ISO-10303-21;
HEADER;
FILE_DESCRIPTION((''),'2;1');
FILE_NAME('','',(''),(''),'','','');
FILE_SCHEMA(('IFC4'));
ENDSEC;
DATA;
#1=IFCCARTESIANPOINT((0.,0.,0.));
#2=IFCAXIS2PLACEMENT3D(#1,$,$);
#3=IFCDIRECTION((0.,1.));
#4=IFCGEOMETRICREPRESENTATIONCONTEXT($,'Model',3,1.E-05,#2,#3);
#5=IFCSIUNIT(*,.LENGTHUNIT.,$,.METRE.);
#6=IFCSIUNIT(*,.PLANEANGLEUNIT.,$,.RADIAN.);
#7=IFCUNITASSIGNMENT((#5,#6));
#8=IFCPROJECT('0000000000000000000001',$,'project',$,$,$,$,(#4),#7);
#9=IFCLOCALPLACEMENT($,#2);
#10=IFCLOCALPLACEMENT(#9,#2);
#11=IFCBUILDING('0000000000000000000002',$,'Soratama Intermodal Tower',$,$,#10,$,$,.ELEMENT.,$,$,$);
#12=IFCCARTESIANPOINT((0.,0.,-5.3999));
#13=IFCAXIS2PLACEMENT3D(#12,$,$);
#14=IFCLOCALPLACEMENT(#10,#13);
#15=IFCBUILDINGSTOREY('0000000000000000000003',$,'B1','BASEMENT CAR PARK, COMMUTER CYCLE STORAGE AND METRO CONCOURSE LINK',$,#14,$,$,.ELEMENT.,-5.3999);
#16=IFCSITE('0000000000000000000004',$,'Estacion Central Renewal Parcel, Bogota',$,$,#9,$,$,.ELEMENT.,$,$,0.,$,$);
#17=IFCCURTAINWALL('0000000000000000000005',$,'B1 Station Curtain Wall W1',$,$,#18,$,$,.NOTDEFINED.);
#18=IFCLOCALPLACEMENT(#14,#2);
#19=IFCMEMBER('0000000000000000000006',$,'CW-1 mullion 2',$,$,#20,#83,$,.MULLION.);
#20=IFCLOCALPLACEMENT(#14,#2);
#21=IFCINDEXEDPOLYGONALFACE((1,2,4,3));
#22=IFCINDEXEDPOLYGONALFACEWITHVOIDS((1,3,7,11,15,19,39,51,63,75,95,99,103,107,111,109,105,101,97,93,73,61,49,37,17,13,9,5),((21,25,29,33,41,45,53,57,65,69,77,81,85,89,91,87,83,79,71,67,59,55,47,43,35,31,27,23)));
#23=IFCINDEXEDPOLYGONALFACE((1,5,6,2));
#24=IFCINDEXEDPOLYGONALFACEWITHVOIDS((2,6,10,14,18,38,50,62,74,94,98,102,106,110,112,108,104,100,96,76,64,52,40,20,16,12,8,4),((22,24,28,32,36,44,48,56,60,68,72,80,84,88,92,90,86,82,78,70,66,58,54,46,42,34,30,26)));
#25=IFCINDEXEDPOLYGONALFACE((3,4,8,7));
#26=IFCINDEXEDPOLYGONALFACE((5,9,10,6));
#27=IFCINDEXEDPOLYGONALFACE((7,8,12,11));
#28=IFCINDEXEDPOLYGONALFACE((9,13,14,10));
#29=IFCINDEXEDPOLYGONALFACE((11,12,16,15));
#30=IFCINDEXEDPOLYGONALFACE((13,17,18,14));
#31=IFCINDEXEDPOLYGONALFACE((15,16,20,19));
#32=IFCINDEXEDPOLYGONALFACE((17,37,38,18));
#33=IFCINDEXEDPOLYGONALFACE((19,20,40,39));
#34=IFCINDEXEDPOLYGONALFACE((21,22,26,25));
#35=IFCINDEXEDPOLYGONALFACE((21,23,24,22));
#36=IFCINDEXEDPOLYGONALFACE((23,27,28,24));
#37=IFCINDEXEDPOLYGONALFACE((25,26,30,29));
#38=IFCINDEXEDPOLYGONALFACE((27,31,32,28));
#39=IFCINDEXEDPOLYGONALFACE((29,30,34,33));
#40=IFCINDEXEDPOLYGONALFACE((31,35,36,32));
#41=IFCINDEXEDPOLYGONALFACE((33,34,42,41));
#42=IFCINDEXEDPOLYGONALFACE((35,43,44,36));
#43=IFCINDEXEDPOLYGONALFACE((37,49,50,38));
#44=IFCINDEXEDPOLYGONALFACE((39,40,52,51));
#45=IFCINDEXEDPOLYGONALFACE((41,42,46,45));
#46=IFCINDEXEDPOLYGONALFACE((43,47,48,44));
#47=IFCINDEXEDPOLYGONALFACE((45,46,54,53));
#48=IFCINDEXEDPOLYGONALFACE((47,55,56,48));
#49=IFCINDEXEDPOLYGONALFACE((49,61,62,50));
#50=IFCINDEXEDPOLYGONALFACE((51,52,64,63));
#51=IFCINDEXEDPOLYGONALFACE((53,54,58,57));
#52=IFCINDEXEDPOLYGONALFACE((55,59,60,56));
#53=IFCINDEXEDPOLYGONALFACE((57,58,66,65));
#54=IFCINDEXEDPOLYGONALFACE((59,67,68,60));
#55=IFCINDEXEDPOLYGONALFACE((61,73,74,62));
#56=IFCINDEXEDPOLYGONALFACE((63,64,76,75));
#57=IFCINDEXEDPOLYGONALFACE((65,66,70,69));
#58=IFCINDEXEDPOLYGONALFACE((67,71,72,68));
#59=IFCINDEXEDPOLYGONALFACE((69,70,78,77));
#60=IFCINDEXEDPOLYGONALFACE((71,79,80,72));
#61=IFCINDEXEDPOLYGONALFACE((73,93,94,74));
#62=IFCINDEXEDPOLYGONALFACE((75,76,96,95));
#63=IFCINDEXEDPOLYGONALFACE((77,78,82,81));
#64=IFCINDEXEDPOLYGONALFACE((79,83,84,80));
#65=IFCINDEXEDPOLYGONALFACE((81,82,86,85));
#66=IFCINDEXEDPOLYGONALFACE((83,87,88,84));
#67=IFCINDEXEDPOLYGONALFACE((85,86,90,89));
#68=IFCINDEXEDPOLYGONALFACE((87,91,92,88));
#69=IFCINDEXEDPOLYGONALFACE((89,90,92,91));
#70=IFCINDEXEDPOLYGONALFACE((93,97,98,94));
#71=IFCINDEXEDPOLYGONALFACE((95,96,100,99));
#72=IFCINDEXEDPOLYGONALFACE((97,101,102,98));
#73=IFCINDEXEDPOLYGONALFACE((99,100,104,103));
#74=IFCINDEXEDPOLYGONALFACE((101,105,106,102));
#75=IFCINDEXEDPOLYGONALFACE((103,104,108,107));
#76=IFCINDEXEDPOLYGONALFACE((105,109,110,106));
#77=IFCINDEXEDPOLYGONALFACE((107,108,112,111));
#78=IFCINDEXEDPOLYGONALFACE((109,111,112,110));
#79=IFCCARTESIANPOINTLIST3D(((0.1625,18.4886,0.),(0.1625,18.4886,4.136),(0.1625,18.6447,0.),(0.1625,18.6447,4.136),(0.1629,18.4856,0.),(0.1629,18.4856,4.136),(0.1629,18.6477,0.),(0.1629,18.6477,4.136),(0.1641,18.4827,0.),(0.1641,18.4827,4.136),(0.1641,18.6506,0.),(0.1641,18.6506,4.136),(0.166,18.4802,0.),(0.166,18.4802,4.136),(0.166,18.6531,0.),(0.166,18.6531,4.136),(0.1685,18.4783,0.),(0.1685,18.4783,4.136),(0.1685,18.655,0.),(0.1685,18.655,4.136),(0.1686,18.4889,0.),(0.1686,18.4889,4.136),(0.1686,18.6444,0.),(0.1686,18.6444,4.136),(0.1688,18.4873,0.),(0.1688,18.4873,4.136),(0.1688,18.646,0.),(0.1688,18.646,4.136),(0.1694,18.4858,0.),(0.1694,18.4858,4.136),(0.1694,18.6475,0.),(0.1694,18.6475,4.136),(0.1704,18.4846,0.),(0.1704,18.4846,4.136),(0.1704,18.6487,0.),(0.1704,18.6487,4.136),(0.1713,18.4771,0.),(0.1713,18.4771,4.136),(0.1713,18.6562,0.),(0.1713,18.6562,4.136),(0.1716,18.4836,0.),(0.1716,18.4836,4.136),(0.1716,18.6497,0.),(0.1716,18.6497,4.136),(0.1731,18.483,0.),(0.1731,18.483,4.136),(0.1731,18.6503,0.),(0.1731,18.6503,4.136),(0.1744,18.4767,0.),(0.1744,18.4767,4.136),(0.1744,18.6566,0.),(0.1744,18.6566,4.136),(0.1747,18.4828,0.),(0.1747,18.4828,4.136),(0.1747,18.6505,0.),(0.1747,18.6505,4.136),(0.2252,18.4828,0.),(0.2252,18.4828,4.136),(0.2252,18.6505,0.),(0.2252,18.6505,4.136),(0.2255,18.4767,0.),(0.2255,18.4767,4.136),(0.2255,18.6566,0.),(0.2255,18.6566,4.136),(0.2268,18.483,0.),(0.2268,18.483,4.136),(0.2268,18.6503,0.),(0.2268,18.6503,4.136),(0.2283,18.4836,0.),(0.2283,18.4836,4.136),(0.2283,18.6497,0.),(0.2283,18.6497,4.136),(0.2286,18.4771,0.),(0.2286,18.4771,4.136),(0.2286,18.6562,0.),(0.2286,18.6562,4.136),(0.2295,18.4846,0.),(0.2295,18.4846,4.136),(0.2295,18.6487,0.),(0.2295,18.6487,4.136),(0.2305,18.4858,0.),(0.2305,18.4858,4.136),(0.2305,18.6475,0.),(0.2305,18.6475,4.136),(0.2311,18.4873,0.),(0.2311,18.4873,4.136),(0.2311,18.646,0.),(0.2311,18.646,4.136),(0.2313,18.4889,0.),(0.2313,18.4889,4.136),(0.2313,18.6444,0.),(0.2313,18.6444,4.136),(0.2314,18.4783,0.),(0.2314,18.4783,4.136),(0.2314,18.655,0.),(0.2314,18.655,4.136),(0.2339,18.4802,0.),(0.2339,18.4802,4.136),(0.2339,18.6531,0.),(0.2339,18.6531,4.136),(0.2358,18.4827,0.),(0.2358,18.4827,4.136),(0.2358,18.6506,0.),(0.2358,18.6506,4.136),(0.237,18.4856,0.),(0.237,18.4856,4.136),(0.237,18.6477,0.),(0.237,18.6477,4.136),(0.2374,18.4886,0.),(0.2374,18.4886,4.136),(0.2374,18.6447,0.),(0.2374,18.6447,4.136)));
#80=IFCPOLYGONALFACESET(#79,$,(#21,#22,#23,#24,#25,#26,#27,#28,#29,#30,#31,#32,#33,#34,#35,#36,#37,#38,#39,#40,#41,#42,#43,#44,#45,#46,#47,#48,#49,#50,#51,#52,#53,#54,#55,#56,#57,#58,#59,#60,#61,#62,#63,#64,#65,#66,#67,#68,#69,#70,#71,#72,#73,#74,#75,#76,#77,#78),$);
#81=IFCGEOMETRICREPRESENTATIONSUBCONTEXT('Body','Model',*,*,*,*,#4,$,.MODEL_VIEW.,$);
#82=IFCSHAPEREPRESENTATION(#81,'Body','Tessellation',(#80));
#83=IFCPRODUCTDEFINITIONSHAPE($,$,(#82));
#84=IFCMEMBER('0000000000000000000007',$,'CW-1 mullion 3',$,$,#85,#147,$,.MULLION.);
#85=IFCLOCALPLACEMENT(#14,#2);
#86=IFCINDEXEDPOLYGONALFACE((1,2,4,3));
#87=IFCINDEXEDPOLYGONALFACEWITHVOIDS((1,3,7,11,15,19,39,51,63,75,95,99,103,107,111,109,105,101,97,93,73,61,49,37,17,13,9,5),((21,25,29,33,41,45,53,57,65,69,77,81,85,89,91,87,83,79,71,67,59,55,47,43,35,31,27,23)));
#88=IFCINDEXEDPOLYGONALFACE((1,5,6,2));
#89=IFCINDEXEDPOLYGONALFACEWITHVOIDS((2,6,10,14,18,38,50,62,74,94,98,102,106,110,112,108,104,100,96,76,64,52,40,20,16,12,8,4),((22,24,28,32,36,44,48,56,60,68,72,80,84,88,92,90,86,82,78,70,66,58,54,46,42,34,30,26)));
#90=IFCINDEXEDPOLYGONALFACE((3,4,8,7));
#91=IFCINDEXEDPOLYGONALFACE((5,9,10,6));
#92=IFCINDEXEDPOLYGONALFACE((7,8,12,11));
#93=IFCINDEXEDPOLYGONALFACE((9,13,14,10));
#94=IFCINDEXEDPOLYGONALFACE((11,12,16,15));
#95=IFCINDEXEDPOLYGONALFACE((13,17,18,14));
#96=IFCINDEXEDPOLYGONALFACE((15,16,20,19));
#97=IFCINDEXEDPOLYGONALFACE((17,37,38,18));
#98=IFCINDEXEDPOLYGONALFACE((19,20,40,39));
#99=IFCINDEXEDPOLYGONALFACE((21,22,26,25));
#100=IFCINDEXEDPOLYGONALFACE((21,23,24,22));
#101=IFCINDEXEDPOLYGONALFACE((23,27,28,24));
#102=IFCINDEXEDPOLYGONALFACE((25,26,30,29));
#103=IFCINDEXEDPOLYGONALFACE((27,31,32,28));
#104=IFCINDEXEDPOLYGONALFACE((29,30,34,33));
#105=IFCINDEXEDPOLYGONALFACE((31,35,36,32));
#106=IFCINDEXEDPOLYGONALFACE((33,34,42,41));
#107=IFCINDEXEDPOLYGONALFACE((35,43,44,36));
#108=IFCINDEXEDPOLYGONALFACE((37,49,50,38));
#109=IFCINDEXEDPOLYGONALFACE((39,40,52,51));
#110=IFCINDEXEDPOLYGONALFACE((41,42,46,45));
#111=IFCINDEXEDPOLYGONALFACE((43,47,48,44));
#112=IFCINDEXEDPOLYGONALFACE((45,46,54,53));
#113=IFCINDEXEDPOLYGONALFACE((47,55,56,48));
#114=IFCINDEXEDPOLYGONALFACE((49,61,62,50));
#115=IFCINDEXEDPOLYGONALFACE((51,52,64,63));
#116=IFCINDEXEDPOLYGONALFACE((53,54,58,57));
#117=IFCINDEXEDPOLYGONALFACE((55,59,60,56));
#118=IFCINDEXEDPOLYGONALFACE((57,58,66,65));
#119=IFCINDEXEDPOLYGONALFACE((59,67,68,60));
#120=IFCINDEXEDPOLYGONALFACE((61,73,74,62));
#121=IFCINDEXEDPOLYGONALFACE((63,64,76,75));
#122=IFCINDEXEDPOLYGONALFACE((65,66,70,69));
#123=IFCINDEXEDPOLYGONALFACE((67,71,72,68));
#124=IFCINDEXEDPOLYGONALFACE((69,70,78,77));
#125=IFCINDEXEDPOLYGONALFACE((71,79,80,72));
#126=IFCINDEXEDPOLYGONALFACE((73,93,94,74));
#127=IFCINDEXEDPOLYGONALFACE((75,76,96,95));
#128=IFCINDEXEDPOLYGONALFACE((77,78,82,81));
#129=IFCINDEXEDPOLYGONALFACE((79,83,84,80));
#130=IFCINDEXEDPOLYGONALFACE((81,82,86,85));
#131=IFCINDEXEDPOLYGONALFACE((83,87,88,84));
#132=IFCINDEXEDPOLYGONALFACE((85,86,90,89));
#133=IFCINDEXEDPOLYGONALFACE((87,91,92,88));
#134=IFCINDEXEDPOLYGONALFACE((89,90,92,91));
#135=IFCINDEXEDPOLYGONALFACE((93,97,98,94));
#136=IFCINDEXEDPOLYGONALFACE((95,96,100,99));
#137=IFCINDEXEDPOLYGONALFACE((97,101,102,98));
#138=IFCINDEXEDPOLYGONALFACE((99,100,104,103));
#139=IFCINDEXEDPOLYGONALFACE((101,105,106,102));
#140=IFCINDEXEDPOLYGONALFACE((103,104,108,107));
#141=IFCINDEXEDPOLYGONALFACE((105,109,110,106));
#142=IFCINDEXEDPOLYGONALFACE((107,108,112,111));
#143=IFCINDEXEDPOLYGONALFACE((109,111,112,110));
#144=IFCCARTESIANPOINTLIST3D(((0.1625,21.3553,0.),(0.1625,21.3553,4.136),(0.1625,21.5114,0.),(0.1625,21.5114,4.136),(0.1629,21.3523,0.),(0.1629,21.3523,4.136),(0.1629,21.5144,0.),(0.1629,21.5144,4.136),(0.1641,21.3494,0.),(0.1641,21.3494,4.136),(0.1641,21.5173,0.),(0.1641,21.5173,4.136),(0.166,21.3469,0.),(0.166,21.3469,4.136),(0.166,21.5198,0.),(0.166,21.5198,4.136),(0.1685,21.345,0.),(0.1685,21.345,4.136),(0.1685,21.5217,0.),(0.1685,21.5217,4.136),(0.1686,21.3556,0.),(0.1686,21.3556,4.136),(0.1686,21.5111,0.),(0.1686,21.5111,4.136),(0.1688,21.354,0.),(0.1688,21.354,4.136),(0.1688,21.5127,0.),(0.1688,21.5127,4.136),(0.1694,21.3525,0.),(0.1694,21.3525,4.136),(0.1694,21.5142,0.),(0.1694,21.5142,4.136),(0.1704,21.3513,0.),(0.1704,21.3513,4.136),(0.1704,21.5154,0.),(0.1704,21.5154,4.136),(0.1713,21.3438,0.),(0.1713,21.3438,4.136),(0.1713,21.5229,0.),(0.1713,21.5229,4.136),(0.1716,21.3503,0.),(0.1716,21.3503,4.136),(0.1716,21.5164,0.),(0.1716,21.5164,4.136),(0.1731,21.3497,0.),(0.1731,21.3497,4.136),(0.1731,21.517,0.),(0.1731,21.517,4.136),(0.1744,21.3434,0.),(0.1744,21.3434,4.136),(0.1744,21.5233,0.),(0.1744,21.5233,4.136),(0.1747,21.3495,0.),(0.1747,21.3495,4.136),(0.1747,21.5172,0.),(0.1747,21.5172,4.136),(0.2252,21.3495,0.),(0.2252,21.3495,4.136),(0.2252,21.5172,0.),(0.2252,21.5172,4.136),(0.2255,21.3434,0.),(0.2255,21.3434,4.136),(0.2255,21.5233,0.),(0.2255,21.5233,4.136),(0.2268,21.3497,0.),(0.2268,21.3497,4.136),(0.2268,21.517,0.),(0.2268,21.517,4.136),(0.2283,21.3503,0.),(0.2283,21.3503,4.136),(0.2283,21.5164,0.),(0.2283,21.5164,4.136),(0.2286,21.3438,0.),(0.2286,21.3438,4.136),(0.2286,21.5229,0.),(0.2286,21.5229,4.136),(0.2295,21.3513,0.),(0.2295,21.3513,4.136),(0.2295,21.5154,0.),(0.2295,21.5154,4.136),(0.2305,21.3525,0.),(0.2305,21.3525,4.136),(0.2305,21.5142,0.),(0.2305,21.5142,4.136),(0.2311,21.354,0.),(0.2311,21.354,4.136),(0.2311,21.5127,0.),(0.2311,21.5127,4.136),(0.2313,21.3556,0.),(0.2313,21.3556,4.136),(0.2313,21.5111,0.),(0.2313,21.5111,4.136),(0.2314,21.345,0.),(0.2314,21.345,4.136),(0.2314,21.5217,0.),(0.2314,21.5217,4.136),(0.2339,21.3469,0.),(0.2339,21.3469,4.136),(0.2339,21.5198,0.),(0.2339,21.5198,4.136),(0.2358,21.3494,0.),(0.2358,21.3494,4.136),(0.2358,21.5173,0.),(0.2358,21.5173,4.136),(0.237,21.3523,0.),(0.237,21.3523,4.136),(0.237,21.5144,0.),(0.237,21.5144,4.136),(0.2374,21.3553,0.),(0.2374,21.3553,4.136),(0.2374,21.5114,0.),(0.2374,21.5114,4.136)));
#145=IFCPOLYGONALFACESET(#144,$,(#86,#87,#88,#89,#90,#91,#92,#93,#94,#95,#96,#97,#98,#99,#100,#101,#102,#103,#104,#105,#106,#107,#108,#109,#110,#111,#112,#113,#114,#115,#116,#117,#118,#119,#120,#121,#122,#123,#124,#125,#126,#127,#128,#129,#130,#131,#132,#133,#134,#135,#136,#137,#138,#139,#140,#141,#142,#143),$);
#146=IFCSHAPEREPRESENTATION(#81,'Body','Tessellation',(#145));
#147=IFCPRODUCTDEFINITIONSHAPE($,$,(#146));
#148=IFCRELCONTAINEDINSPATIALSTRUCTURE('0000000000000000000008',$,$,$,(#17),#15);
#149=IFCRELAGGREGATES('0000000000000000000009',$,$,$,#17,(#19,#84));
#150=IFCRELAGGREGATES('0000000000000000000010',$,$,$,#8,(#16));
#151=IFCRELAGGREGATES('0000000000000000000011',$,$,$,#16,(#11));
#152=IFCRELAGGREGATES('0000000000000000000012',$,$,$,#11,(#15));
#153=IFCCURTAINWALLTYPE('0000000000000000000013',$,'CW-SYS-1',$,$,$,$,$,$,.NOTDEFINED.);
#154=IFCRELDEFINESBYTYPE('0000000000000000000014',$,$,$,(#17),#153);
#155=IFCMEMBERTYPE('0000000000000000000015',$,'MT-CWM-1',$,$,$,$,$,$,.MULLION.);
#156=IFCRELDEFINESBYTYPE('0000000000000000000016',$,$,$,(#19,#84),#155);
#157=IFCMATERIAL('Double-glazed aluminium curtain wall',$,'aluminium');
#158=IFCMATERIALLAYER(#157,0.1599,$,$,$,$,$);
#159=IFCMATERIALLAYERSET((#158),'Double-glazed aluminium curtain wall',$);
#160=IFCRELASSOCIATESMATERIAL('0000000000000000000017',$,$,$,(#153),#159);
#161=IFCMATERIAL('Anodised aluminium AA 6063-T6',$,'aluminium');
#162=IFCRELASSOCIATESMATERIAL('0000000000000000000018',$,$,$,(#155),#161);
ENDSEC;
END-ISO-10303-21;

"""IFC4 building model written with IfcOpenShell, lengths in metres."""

from ifc_helpers import new_model, si_unit, direction, frame, origin, origin_2d, place, context, subcontext, project, spatial, hollow_rectangle, extrude, material, layer, layer_set, material_profile, profile_set, type_object, element, aggregate, save


model = new_model("IFC4")

# Units and contexts
model_context = context("Model", 3, precision=1e-05, world=origin(), true_north=direction((0.0, 1.0)))
body_context = subcontext(model_context, "Body", "Model", "MODEL_VIEW")
ifc_project = project(units=[si_unit("LENGTHUNIT", "METRE"), si_unit("PLANEANGLEUNIT", "RADIAN")], contexts=[model_context])

# Site, building, storey
site_placement = place(None, origin())
site = spatial("IfcSite", under=ifc_project, at=site_placement, Name="Estacion Central Renewal Parcel, Bogota", CompositionType="ELEMENT", RefElevation=0.0)
building_placement = place(site_placement, origin())
building = spatial("IfcBuilding", under=site, at=building_placement, Name="Soratama Intermodal Tower", CompositionType="ELEMENT")
storey_placement = place(building_placement, frame((0.0, 0.0, -5.3999)))
storey = spatial("IfcBuildingStorey", under=building, at=storey_placement, Name="B1", Description="BASEMENT CAR PARK, COMMUTER CYCLE STORAGE AND METRO CONCOURSE LINK", CompositionType="ELEMENT", Elevation=-5.3999)

# Curtain wall, members
ifc_material_1 = material(Name="Double-glazed aluminium curtain wall", Category="aluminium")
ifc_layer_1 = layer(ifc_material_1, 0.1599)
ifc_layer_set_1 = layer_set([ifc_layer_1], Name="Double-glazed aluminium curtain wall")
curtain_wall_type = type_object("IfcCurtainWallType", Name="CW-SYS-1", PredefinedType="NOTDEFINED", material=ifc_layer_set_1)
curtain_wall_placement = place(storey_placement, origin())
curtain_wall = element("IfcCurtainWall", 1, at=curtain_wall_placement, inside=storey, type_object=curtain_wall_type, Name="B1 Station Curtain Wall W1", PredefinedType="NOTDEFINED")
ifc_material_2 = material(Name="Anodised aluminium AA 6063-T6", Category="aluminium")
ifc_material_profile_1 = material_profile(ifc_material_2, hollow_rectangle(XDim=0.075, YDim=0.1799, WallThickness=0.0061, InnerFilletRadius=0.0061, OuterFilletRadius=0.012, at=origin_2d()), Name="CWM180X75X6")
ifc_profile_set_1 = profile_set([ifc_material_profile_1], Name="Anodised aluminium AA 6063-T6")
member_type_1 = type_object("IfcMemberType", Name="MT-CWM-1", PredefinedType="MULLION", material=ifc_profile_set_1)
member_1_placement = place(storey_placement, frame((0.2, 18.5667, 0.0), z_axis=(0.0, 0.0, 1.0), x_axis=(-1.0, 0.0, 0.0)))
member_1 = element("IfcMember", 2, at=member_1_placement, type_object=member_type_1, Name="CW-1 mullion 2", PredefinedType="MULLION", context=body_context, shape_type="SweptSolid", body=[
    extrude(hollow_rectangle(XDim=0.075, YDim=0.1799, WallThickness=0.0061, InnerFilletRadius=0.0061, OuterFilletRadius=0.012, at=origin_2d()), origin(), (0.0, 0.0, 1.0), 4.136),
])
member_2_placement = place(storey_placement, frame((0.2, 21.4333, 0.0), z_axis=(0.0, 0.0, 1.0), x_axis=(-1.0, 0.0, 0.0)))
member_2 = element("IfcMember", 3, at=member_2_placement, type_object=member_type_1, Name="CW-1 mullion 3", PredefinedType="MULLION", context=body_context, shape_type="SweptSolid", body=[
    extrude(hollow_rectangle(XDim=0.075, YDim=0.1799, WallThickness=0.0061, InnerFilletRadius=0.0061, OuterFilletRadius=0.012, at=origin_2d()), origin(), (0.0, 0.0, 1.0), 4.136),
])
aggregate(curtain_wall, [member_1, member_2])

save(model, "model.ifc")
